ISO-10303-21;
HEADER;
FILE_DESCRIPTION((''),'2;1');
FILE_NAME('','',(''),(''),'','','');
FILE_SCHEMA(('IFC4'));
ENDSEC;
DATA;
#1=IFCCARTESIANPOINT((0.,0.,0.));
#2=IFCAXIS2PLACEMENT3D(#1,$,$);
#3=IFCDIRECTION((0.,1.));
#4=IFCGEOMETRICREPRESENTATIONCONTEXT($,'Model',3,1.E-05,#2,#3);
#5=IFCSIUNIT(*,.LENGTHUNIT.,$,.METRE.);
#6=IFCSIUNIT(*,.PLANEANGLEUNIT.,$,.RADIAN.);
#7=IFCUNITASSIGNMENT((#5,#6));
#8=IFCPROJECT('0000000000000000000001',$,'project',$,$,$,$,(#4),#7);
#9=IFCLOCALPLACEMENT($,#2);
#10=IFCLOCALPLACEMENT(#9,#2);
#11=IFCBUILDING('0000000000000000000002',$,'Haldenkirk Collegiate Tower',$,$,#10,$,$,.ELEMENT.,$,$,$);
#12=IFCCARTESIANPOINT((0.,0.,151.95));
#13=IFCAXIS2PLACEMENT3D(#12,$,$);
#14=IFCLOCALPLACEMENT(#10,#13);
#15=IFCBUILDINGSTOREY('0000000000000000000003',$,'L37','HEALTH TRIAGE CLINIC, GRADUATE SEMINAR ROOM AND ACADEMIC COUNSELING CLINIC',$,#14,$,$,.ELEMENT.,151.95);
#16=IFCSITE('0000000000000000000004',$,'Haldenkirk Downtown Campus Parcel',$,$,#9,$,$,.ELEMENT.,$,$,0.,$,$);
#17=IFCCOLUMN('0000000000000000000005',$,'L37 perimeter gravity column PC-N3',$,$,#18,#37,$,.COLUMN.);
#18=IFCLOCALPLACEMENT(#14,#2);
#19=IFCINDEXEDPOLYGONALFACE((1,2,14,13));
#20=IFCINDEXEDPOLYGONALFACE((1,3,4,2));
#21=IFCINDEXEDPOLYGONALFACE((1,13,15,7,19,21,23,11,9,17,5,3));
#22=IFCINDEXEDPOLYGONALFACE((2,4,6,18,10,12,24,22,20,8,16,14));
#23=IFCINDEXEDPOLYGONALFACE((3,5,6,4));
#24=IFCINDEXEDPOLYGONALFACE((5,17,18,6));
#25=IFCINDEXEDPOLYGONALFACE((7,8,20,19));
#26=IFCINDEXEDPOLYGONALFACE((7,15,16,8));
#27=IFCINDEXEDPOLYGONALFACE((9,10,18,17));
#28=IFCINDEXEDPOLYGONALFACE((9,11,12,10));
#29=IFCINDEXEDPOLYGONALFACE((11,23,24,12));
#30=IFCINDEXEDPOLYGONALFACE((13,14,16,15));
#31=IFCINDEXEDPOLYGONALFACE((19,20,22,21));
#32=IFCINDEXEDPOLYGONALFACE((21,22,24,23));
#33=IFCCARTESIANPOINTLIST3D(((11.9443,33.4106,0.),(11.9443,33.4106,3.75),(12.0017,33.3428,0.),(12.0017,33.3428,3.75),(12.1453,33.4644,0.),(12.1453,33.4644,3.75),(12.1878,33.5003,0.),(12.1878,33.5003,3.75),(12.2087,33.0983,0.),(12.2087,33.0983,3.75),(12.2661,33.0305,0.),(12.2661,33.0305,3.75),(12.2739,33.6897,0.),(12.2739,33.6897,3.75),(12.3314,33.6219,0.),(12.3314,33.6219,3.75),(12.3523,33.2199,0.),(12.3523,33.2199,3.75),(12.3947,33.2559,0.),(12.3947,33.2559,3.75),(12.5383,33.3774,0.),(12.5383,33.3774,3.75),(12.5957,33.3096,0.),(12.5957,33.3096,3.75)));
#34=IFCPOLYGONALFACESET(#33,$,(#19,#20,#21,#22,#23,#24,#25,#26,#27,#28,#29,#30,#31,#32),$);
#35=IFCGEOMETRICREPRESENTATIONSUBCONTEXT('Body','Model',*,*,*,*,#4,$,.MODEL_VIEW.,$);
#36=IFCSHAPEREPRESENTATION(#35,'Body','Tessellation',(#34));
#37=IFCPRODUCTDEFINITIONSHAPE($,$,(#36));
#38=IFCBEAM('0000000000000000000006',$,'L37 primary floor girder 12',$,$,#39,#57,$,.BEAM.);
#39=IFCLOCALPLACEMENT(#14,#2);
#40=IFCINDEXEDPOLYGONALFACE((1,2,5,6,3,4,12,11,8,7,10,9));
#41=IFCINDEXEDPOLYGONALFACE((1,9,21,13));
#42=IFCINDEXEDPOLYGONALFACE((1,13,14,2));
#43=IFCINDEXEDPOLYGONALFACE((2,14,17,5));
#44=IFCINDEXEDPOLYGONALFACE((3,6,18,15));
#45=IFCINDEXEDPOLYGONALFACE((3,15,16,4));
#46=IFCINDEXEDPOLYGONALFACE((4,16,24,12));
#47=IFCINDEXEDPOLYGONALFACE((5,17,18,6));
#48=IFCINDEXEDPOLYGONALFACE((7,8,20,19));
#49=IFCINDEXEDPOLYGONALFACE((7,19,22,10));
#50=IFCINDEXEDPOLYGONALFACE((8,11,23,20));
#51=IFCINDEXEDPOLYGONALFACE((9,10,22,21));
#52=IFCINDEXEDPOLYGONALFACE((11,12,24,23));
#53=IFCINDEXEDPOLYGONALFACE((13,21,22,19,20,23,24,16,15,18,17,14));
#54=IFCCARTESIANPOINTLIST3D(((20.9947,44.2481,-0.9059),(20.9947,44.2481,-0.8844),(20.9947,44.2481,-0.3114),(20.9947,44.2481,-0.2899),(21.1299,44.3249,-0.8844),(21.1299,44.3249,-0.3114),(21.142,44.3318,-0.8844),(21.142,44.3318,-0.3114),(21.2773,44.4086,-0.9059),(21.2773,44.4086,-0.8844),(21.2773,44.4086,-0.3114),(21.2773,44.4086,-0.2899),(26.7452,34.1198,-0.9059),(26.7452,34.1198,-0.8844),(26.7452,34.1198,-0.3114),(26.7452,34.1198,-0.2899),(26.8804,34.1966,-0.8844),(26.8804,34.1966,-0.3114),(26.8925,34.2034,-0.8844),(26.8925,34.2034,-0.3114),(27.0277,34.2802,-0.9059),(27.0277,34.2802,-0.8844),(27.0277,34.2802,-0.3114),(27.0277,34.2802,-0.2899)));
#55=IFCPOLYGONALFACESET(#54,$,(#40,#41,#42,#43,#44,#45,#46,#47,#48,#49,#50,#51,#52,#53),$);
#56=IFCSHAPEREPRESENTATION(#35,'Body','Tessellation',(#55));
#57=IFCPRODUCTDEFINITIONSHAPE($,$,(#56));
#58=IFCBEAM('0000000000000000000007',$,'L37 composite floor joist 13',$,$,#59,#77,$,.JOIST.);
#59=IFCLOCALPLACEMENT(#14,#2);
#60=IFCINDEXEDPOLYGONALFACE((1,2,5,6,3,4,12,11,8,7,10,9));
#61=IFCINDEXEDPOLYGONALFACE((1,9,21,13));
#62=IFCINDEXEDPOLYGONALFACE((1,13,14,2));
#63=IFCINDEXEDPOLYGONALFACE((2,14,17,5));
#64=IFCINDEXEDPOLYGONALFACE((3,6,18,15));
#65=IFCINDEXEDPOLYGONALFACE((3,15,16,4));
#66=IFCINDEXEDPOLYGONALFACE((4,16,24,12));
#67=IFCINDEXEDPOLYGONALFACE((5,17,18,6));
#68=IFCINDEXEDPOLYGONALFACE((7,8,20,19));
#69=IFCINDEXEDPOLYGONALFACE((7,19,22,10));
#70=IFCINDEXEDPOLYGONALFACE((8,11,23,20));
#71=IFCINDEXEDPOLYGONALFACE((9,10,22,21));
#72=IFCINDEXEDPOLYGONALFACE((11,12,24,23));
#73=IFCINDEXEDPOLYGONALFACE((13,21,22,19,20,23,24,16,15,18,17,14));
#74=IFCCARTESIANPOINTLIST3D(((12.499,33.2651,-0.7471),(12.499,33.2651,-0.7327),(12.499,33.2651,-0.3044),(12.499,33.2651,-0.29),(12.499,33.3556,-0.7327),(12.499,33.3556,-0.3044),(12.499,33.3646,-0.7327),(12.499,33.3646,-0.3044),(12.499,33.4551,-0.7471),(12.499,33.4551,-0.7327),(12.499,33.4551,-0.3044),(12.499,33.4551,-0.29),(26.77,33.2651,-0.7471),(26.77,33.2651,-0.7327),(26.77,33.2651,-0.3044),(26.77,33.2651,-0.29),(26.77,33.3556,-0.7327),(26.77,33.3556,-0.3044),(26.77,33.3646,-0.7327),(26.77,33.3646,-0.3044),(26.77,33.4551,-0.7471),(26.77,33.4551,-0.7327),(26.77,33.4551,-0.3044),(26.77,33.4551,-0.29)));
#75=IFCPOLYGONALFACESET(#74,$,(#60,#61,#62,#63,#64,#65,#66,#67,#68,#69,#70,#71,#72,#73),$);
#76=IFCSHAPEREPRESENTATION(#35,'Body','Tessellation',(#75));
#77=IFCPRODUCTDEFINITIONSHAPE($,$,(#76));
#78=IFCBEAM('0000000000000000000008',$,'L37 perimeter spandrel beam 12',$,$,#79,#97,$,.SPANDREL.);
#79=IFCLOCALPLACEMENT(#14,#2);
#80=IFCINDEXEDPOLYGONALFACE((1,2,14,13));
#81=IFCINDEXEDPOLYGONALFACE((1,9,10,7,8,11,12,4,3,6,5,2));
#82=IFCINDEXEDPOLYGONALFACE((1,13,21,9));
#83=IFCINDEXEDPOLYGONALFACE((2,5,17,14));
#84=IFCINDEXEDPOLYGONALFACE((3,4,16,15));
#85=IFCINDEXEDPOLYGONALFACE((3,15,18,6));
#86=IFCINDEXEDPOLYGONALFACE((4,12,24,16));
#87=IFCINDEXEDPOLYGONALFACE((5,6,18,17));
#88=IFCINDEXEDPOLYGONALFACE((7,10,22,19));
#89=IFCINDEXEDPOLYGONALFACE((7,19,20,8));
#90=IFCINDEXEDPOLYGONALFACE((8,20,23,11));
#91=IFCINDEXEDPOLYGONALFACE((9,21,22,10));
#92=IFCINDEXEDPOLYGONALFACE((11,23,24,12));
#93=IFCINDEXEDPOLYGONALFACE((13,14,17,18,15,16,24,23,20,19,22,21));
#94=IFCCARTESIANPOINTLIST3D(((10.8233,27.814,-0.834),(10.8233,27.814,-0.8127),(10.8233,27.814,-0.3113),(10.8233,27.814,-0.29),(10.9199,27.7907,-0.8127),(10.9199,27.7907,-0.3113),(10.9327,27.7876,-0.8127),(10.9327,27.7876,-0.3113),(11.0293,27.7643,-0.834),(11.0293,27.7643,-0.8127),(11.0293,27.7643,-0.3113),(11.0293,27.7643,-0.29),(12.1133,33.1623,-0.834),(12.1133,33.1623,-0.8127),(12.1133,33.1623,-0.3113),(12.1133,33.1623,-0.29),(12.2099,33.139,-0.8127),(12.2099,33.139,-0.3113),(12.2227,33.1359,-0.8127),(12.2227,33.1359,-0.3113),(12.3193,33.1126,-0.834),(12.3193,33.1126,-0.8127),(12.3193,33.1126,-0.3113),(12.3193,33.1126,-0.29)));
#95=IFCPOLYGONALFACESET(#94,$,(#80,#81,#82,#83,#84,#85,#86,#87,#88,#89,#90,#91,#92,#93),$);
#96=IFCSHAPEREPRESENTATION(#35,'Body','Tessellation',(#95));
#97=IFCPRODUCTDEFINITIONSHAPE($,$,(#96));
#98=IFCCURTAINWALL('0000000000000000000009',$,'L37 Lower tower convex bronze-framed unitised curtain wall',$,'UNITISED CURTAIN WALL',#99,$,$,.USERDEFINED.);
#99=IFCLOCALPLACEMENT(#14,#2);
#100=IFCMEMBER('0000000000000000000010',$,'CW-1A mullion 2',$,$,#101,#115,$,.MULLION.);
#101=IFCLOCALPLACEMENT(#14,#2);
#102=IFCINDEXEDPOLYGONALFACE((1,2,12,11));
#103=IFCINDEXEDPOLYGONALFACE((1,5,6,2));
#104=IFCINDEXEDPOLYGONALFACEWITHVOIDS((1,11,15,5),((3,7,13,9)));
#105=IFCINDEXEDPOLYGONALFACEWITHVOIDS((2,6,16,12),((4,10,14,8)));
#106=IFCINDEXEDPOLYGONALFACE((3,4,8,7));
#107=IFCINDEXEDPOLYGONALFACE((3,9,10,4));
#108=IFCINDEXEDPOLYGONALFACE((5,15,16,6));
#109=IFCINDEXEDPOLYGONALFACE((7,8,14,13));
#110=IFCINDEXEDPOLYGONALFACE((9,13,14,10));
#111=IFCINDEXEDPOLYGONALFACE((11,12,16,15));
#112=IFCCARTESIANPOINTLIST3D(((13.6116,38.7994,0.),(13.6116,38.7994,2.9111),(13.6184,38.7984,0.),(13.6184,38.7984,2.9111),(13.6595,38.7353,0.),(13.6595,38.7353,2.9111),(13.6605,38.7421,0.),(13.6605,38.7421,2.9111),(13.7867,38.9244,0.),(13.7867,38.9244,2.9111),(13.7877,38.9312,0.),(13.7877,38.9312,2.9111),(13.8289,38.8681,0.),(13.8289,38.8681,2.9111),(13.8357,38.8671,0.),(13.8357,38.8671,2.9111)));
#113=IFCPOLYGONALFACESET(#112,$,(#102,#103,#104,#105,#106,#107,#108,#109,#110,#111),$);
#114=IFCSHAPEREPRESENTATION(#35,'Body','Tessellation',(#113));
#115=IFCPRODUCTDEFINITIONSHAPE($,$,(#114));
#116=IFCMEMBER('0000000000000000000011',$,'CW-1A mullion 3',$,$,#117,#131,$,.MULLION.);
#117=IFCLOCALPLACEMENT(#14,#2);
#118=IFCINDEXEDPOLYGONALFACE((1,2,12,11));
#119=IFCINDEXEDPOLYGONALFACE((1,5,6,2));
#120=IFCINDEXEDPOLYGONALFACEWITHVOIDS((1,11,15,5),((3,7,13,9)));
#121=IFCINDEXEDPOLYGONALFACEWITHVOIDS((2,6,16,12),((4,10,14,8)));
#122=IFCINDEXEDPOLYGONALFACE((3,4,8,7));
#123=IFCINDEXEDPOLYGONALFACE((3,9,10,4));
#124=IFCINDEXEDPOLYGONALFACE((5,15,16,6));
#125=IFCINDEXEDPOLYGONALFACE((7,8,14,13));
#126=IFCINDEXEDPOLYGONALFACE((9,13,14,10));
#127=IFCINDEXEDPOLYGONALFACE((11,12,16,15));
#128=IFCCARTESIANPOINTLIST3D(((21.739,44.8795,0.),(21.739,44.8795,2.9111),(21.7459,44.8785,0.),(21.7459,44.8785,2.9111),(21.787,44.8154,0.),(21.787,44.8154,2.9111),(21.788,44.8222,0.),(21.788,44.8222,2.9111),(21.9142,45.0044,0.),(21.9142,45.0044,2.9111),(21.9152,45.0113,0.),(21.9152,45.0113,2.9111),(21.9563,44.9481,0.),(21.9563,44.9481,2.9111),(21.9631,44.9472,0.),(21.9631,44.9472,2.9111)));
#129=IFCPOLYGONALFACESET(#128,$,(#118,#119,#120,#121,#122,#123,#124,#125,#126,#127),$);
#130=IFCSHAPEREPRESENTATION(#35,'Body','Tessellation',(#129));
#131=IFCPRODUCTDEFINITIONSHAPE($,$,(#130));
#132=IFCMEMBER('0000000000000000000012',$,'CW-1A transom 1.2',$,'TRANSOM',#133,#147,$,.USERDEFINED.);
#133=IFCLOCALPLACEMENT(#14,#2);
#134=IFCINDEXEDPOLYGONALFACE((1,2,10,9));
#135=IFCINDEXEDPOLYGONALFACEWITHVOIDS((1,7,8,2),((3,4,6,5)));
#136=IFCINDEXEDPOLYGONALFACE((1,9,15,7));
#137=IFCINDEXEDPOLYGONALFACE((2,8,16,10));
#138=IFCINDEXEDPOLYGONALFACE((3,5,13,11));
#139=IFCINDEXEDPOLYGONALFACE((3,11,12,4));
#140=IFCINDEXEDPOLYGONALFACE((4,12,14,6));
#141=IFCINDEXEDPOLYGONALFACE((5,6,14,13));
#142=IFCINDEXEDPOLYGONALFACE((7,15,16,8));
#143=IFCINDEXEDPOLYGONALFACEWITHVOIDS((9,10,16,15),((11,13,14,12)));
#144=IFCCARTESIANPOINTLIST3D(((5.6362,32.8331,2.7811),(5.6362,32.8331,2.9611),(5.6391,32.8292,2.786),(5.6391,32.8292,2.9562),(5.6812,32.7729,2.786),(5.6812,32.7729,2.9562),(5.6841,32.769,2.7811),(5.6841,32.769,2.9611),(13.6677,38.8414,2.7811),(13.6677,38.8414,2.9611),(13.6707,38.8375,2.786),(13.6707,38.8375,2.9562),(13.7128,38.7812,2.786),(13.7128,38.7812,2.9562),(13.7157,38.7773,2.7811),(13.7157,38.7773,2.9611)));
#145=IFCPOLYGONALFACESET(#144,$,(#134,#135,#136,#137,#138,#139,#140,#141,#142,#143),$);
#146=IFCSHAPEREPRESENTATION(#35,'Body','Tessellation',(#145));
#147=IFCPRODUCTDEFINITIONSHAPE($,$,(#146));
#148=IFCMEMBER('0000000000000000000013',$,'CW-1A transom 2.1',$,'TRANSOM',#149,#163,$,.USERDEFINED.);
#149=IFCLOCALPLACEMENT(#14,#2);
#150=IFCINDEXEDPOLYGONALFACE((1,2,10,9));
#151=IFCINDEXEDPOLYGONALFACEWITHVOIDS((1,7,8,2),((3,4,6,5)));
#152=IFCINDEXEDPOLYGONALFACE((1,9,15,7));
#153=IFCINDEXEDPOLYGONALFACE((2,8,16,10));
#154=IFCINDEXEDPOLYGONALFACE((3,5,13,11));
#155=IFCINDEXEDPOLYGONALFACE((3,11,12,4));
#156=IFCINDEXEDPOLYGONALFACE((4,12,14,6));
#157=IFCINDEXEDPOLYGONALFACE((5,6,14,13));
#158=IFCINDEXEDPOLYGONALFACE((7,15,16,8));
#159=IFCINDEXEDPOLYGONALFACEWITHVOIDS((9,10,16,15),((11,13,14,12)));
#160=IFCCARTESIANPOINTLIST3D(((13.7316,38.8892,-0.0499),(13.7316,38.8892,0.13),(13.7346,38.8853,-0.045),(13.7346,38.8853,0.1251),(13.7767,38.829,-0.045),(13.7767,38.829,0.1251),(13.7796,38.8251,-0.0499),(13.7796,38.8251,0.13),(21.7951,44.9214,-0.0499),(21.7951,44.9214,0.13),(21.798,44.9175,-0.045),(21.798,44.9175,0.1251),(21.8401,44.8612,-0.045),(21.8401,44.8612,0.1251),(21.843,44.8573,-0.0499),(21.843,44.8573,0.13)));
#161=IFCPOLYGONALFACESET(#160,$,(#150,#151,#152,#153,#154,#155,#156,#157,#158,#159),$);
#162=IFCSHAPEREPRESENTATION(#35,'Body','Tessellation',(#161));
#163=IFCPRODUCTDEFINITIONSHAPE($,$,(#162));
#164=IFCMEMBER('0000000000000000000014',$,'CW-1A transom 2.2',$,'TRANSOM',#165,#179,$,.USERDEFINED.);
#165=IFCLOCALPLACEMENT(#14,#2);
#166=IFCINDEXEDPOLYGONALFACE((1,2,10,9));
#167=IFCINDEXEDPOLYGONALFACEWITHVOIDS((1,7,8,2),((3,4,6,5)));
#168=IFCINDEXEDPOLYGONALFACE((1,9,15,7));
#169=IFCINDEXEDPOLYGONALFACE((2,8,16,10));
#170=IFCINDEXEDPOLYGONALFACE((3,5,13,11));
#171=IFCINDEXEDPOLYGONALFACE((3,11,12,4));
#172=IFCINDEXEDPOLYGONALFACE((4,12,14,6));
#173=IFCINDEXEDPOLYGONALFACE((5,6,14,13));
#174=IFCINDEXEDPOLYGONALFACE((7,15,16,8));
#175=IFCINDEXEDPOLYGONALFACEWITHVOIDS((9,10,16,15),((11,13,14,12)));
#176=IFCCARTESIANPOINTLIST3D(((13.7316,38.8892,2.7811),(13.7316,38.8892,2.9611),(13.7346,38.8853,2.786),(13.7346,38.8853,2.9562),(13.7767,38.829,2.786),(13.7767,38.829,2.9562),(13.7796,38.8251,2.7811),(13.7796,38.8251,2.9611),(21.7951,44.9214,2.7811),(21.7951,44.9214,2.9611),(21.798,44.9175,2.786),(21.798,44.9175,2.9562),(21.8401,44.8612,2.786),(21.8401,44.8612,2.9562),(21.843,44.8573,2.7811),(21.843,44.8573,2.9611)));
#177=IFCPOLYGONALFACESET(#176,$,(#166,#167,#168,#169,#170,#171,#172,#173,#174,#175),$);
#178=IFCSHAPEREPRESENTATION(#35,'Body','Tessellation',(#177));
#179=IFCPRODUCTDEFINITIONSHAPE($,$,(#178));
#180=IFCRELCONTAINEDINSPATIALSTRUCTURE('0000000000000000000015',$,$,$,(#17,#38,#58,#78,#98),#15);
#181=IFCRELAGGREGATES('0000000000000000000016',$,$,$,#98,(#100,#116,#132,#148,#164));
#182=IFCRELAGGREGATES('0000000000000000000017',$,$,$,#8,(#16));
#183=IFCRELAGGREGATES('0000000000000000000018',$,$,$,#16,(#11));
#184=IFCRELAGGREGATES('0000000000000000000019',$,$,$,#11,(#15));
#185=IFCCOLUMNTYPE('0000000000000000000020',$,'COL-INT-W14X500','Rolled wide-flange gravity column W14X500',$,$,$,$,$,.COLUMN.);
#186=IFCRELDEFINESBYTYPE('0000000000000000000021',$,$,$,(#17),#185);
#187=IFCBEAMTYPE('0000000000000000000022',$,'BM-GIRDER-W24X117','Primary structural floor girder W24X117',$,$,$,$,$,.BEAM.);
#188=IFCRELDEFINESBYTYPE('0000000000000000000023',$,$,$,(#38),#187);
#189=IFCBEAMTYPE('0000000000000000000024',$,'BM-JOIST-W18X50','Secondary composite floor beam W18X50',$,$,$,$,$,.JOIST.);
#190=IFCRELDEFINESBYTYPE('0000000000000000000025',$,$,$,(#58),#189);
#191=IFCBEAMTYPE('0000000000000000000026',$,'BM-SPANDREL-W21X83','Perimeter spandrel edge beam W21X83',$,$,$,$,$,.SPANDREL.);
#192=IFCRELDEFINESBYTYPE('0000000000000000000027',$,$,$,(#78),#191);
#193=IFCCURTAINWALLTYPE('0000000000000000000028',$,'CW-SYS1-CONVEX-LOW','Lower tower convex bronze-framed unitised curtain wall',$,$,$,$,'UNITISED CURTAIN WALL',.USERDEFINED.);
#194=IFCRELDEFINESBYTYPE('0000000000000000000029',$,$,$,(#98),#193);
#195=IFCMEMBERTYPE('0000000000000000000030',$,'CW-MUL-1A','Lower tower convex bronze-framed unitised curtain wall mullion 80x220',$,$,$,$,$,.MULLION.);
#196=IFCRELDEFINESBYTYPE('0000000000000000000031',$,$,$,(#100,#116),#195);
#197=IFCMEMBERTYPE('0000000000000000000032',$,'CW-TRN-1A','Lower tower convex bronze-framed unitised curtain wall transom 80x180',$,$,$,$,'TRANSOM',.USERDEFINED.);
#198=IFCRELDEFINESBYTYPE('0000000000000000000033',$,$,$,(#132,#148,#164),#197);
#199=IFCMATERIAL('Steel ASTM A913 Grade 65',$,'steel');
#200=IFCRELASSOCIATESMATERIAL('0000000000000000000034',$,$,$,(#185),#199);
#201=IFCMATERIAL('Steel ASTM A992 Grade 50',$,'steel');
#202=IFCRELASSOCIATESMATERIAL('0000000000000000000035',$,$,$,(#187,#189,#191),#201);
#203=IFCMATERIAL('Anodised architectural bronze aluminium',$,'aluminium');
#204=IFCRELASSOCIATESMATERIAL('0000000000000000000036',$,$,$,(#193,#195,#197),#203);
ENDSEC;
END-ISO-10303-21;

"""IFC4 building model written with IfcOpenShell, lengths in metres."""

from ifc_helpers import new_model, si_unit, direction, frame, origin, origin_2d, place, context, subcontext, project, spatial, hollow_rectangle, i_section, extrude, material, material_profile, profile_set, type_object, element, aggregate, save


model = new_model("IFC4")

# Units and contexts
model_context = context("Model", 3, precision=1e-05, world=origin(), true_north=direction((0.0, 1.0)))
body_context = subcontext(model_context, "Body", "Model", "MODEL_VIEW")
ifc_project = project(units=[si_unit("LENGTHUNIT", "METRE"), si_unit("PLANEANGLEUNIT", "RADIAN")], contexts=[model_context])

# Site, building, storey
site_placement = place(None, origin())
site = spatial("IfcSite", under=ifc_project, at=site_placement, Name="Haldenkirk Downtown Campus Parcel", CompositionType="ELEMENT", RefElevation=0.0)
building_placement = place(site_placement, origin())
building = spatial("IfcBuilding", under=site, at=building_placement, Name="Haldenkirk Collegiate Tower", CompositionType="ELEMENT")
storey_placement = place(building_placement, frame((0.0, 0.0, 151.95)))
storey = spatial("IfcBuildingStorey", under=building, at=storey_placement, Name="L37", Description="HEALTH TRIAGE CLINIC, GRADUATE SEMINAR ROOM AND ACADEMIC COUNSELING CLINIC", CompositionType="ELEMENT", Elevation=151.95)

# Column
ifc_material_1 = material(Name="Steel ASTM A913 Grade 65", Category="steel")
ifc_material_profile_1 = material_profile(ifc_material_1, i_section(OverallWidth=0.4319, OverallDepth=0.498, WebThickness=0.0557, FlangeThickness=0.0889, at=origin_2d()), Name="W14X500")
ifc_profile_set_1 = profile_set([ifc_material_profile_1], Name="Steel ASTM A913 Grade 65")
column_type = type_object("IfcColumnType", Name="COL-INT-W14X500", Description="Rolled wide-flange gravity column W14X500", PredefinedType="COLUMN", material=ifc_profile_set_1)
column_placement = place(storey_placement, frame((12.27, 33.3601, 0.0), z_axis=(0.0, 0.0, 1.0), x_axis=(0.763232, 0.646124, 0.0)))
element("IfcColumn", 1, at=column_placement, inside=storey, type_object=column_type, Name="L37 perimeter gravity column PC-N3", PredefinedType="COLUMN", context=body_context, shape_type="SweptSolid", body=[
    extrude(i_section(OverallWidth=0.4319, OverallDepth=0.498, WebThickness=0.0557, FlangeThickness=0.0889, at=origin_2d()), origin(), (0.0, 0.0, 1.0), 3.75),
])

# Beams
ifc_material_2 = material(Name="Steel ASTM A992 Grade 50", Category="steel")
ifc_material_profile_2 = material_profile(ifc_material_2, i_section(OverallWidth=0.325, OverallDepth=0.616, WebThickness=0.0139, FlangeThickness=0.0215, at=origin_2d()), Name="W24X117")
ifc_profile_set_2 = profile_set([ifc_material_profile_2], Name="Steel ASTM A992 Grade 50")
beam_type_1 = type_object("IfcBeamType", Name="BM-GIRDER-W24X117", Description="Primary structural floor girder W24X117", PredefinedType="BEAM", material=ifc_profile_set_2)
beam_1_placement = place(storey_placement, frame((21.136, 44.3284, -0.5979), z_axis=(0.493731, -0.869615, 0.0), x_axis=(0.869615, 0.493731, 0.0)))
element("IfcBeam", 2, at=beam_1_placement, inside=storey, type_object=beam_type_1, Name="L37 primary floor girder 12", PredefinedType="BEAM", context=body_context, shape_type="SweptSolid", body=[
    extrude(i_section(OverallWidth=0.325, OverallDepth=0.616, WebThickness=0.0139, FlangeThickness=0.0215, at=origin_2d()), origin(), (0.0, 0.0, 1.0), 11.647),
])
ifc_material_profile_3 = material_profile(ifc_material_2, i_section(OverallWidth=0.1899, OverallDepth=0.457, WebThickness=0.009, FlangeThickness=0.0144, at=origin_2d()), Name="W18X50")
ifc_profile_set_3 = profile_set([ifc_material_profile_3], Name="Steel ASTM A992 Grade 50")
beam_type_2 = type_object("IfcBeamType", Name="BM-JOIST-W18X50", Description="Secondary composite floor beam W18X50", PredefinedType="JOIST", material=ifc_profile_set_3)
beam_2_placement = place(storey_placement, frame((12.499, 33.3601, -0.5186), z_axis=(1.0, 0.0, 0.0), x_axis=(0.0, 1.0, 0.0)))
element("IfcBeam", 3, at=beam_2_placement, inside=storey, type_object=beam_type_2, Name="L37 composite floor joist 13", PredefinedType="JOIST", context=body_context, shape_type="SweptSolid", body=[
    extrude(i_section(OverallWidth=0.1899, OverallDepth=0.457, WebThickness=0.009, FlangeThickness=0.0144, at=origin_2d()), origin(), (0.0, 0.0, 1.0), 14.271),
])
ifc_material_profile_4 = material_profile(ifc_material_2, i_section(OverallWidth=0.2119, OverallDepth=0.5439, WebThickness=0.0132, FlangeThickness=0.0212, at=origin_2d()), Name="W21X83")
ifc_profile_set_4 = profile_set([ifc_material_profile_4], Name="Steel ASTM A992 Grade 50")
beam_type_3 = type_object("IfcBeamType", Name="BM-SPANDREL-W21X83", Description="Perimeter spandrel edge beam W21X83", PredefinedType="SPANDREL", material=ifc_profile_set_4)
beam_3_placement = place(storey_placement, frame((12.2163, 33.1375, -0.562), z_axis=(-0.234477, -0.972122, 0.0), x_axis=(0.972122, -0.234477, 0.0)))
element("IfcBeam", 4, at=beam_3_placement, inside=storey, type_object=beam_type_3, Name="L37 perimeter spandrel beam 12", PredefinedType="SPANDREL", context=body_context, shape_type="SweptSolid", body=[
    extrude(i_section(OverallWidth=0.2119, OverallDepth=0.5439, WebThickness=0.0132, FlangeThickness=0.0212, at=origin_2d()), origin(), (0.0, 0.0, 1.0), 5.5017),
])

# Curtain wall, members
ifc_material_3 = material(Name="Anodised architectural bronze aluminium", Category="aluminium")
curtain_wall_type = type_object("IfcCurtainWallType", Name="CW-SYS1-CONVEX-LOW", Description="Lower tower convex bronze-framed unitised curtain wall", ElementType="UNITISED CURTAIN WALL", PredefinedType="USERDEFINED", material=ifc_material_3)
curtain_wall_placement = place(storey_placement, origin())
curtain_wall = element("IfcCurtainWall", 5, at=curtain_wall_placement, inside=storey, type_object=curtain_wall_type, Name="L37 Lower tower convex bronze-framed unitised curtain wall", ObjectType="UNITISED CURTAIN WALL", PredefinedType="USERDEFINED")
ifc_material_profile_5 = material_profile(ifc_material_3, hollow_rectangle(XDim=0.0801, YDim=0.22, WallThickness=0.0049, at=origin_2d()), Name="CW-MUL-1A")
ifc_profile_set_5 = profile_set([ifc_material_profile_5], Name="Anodised architectural bronze aluminium")
member_type_1 = type_object("IfcMemberType", Name="CW-MUL-1A", Description="Lower tower convex bronze-framed unitised curtain wall mullion 80x220", PredefinedType="MULLION", material=ifc_profile_set_5)
member_1_placement = place(storey_placement, frame((13.7236, 38.8333, 0.0), z_axis=(0.0, 0.0, 1.0), x_axis=(-0.599025, 0.80073, 0.0)))
member_1 = element("IfcMember", 6, at=member_1_placement, type_object=member_type_1, Name="CW-1A mullion 2", PredefinedType="MULLION", context=body_context, shape_type="SweptSolid", body=[
    extrude(hollow_rectangle(XDim=0.0801, YDim=0.22, WallThickness=0.0049, at=origin_2d()), origin(), (0.0, 0.0, 1.0), 2.9111),
])
member_2_placement = place(storey_placement, frame((21.8511, 44.9133, 0.0), z_axis=(0.0, 0.0, 1.0), x_axis=(-0.599025, 0.80073, 0.0)))
member_2 = element("IfcMember", 7, at=member_2_placement, type_object=member_type_1, Name="CW-1A mullion 3", PredefinedType="MULLION", context=body_context, shape_type="SweptSolid", body=[
    extrude(hollow_rectangle(XDim=0.0801, YDim=0.22, WallThickness=0.0049, at=origin_2d()), origin(), (0.0, 0.0, 1.0), 2.9111),
])
ifc_material_profile_6 = material_profile(ifc_material_3, hollow_rectangle(XDim=0.0801, YDim=0.1799, WallThickness=0.0049, at=origin_2d()), Name="CW-TRN-1A")
ifc_profile_set_6 = profile_set([ifc_material_profile_6], Name="Anodised architectural bronze aluminium")
member_type_2 = type_object("IfcMemberType", Name="CW-TRN-1A", Description="Lower tower convex bronze-framed unitised curtain wall transom 80x180", ElementType="TRANSOM", PredefinedType="USERDEFINED", material=ifc_profile_set_6)
member_3_placement = place(storey_placement, frame((5.6602, 32.801, 2.8711), z_axis=(0.800733, 0.599022, 0.0), x_axis=(-0.599022, 0.800733, 0.0)))
member_3 = element("IfcMember", 8, at=member_3_placement, type_object=member_type_2, Name="CW-1A transom 1.2", ObjectType="TRANSOM", PredefinedType="USERDEFINED", context=body_context, shape_type="SweptSolid", body=[
    extrude(hollow_rectangle(XDim=0.0801, YDim=0.1799, WallThickness=0.0049, at=origin_2d()), origin(), (0.0, 0.0, 1.0), 10.0303),
])
member_4_placement = place(storey_placement, frame((13.7556, 38.8572, 0.04), z_axis=(0.800733, 0.599022, 0.0), x_axis=(-0.599022, 0.800733, 0.0)))
member_4 = element("IfcMember", 9, at=member_4_placement, type_object=member_type_2, Name="CW-1A transom 2.1", ObjectType="TRANSOM", PredefinedType="USERDEFINED", context=body_context, shape_type="SweptSolid", body=[
    extrude(hollow_rectangle(XDim=0.0801, YDim=0.1799, WallThickness=0.0049, at=origin_2d()), origin(), (0.0, 0.0, 1.0), 10.0701),
])
member_5_placement = place(storey_placement, frame((13.7556, 38.8572, 2.8711), z_axis=(0.800733, 0.599022, 0.0), x_axis=(-0.599022, 0.800733, 0.0)))
member_5 = element("IfcMember", 10, at=member_5_placement, type_object=member_type_2, Name="CW-1A transom 2.2", ObjectType="TRANSOM", PredefinedType="USERDEFINED", context=body_context, shape_type="SweptSolid", body=[
    extrude(hollow_rectangle(XDim=0.0801, YDim=0.1799, WallThickness=0.0049, at=origin_2d()), origin(), (0.0, 0.0, 1.0), 10.0701),
])
aggregate(curtain_wall, [member_1, member_2, member_3, member_4, member_5])

save(model, "model.ifc")
